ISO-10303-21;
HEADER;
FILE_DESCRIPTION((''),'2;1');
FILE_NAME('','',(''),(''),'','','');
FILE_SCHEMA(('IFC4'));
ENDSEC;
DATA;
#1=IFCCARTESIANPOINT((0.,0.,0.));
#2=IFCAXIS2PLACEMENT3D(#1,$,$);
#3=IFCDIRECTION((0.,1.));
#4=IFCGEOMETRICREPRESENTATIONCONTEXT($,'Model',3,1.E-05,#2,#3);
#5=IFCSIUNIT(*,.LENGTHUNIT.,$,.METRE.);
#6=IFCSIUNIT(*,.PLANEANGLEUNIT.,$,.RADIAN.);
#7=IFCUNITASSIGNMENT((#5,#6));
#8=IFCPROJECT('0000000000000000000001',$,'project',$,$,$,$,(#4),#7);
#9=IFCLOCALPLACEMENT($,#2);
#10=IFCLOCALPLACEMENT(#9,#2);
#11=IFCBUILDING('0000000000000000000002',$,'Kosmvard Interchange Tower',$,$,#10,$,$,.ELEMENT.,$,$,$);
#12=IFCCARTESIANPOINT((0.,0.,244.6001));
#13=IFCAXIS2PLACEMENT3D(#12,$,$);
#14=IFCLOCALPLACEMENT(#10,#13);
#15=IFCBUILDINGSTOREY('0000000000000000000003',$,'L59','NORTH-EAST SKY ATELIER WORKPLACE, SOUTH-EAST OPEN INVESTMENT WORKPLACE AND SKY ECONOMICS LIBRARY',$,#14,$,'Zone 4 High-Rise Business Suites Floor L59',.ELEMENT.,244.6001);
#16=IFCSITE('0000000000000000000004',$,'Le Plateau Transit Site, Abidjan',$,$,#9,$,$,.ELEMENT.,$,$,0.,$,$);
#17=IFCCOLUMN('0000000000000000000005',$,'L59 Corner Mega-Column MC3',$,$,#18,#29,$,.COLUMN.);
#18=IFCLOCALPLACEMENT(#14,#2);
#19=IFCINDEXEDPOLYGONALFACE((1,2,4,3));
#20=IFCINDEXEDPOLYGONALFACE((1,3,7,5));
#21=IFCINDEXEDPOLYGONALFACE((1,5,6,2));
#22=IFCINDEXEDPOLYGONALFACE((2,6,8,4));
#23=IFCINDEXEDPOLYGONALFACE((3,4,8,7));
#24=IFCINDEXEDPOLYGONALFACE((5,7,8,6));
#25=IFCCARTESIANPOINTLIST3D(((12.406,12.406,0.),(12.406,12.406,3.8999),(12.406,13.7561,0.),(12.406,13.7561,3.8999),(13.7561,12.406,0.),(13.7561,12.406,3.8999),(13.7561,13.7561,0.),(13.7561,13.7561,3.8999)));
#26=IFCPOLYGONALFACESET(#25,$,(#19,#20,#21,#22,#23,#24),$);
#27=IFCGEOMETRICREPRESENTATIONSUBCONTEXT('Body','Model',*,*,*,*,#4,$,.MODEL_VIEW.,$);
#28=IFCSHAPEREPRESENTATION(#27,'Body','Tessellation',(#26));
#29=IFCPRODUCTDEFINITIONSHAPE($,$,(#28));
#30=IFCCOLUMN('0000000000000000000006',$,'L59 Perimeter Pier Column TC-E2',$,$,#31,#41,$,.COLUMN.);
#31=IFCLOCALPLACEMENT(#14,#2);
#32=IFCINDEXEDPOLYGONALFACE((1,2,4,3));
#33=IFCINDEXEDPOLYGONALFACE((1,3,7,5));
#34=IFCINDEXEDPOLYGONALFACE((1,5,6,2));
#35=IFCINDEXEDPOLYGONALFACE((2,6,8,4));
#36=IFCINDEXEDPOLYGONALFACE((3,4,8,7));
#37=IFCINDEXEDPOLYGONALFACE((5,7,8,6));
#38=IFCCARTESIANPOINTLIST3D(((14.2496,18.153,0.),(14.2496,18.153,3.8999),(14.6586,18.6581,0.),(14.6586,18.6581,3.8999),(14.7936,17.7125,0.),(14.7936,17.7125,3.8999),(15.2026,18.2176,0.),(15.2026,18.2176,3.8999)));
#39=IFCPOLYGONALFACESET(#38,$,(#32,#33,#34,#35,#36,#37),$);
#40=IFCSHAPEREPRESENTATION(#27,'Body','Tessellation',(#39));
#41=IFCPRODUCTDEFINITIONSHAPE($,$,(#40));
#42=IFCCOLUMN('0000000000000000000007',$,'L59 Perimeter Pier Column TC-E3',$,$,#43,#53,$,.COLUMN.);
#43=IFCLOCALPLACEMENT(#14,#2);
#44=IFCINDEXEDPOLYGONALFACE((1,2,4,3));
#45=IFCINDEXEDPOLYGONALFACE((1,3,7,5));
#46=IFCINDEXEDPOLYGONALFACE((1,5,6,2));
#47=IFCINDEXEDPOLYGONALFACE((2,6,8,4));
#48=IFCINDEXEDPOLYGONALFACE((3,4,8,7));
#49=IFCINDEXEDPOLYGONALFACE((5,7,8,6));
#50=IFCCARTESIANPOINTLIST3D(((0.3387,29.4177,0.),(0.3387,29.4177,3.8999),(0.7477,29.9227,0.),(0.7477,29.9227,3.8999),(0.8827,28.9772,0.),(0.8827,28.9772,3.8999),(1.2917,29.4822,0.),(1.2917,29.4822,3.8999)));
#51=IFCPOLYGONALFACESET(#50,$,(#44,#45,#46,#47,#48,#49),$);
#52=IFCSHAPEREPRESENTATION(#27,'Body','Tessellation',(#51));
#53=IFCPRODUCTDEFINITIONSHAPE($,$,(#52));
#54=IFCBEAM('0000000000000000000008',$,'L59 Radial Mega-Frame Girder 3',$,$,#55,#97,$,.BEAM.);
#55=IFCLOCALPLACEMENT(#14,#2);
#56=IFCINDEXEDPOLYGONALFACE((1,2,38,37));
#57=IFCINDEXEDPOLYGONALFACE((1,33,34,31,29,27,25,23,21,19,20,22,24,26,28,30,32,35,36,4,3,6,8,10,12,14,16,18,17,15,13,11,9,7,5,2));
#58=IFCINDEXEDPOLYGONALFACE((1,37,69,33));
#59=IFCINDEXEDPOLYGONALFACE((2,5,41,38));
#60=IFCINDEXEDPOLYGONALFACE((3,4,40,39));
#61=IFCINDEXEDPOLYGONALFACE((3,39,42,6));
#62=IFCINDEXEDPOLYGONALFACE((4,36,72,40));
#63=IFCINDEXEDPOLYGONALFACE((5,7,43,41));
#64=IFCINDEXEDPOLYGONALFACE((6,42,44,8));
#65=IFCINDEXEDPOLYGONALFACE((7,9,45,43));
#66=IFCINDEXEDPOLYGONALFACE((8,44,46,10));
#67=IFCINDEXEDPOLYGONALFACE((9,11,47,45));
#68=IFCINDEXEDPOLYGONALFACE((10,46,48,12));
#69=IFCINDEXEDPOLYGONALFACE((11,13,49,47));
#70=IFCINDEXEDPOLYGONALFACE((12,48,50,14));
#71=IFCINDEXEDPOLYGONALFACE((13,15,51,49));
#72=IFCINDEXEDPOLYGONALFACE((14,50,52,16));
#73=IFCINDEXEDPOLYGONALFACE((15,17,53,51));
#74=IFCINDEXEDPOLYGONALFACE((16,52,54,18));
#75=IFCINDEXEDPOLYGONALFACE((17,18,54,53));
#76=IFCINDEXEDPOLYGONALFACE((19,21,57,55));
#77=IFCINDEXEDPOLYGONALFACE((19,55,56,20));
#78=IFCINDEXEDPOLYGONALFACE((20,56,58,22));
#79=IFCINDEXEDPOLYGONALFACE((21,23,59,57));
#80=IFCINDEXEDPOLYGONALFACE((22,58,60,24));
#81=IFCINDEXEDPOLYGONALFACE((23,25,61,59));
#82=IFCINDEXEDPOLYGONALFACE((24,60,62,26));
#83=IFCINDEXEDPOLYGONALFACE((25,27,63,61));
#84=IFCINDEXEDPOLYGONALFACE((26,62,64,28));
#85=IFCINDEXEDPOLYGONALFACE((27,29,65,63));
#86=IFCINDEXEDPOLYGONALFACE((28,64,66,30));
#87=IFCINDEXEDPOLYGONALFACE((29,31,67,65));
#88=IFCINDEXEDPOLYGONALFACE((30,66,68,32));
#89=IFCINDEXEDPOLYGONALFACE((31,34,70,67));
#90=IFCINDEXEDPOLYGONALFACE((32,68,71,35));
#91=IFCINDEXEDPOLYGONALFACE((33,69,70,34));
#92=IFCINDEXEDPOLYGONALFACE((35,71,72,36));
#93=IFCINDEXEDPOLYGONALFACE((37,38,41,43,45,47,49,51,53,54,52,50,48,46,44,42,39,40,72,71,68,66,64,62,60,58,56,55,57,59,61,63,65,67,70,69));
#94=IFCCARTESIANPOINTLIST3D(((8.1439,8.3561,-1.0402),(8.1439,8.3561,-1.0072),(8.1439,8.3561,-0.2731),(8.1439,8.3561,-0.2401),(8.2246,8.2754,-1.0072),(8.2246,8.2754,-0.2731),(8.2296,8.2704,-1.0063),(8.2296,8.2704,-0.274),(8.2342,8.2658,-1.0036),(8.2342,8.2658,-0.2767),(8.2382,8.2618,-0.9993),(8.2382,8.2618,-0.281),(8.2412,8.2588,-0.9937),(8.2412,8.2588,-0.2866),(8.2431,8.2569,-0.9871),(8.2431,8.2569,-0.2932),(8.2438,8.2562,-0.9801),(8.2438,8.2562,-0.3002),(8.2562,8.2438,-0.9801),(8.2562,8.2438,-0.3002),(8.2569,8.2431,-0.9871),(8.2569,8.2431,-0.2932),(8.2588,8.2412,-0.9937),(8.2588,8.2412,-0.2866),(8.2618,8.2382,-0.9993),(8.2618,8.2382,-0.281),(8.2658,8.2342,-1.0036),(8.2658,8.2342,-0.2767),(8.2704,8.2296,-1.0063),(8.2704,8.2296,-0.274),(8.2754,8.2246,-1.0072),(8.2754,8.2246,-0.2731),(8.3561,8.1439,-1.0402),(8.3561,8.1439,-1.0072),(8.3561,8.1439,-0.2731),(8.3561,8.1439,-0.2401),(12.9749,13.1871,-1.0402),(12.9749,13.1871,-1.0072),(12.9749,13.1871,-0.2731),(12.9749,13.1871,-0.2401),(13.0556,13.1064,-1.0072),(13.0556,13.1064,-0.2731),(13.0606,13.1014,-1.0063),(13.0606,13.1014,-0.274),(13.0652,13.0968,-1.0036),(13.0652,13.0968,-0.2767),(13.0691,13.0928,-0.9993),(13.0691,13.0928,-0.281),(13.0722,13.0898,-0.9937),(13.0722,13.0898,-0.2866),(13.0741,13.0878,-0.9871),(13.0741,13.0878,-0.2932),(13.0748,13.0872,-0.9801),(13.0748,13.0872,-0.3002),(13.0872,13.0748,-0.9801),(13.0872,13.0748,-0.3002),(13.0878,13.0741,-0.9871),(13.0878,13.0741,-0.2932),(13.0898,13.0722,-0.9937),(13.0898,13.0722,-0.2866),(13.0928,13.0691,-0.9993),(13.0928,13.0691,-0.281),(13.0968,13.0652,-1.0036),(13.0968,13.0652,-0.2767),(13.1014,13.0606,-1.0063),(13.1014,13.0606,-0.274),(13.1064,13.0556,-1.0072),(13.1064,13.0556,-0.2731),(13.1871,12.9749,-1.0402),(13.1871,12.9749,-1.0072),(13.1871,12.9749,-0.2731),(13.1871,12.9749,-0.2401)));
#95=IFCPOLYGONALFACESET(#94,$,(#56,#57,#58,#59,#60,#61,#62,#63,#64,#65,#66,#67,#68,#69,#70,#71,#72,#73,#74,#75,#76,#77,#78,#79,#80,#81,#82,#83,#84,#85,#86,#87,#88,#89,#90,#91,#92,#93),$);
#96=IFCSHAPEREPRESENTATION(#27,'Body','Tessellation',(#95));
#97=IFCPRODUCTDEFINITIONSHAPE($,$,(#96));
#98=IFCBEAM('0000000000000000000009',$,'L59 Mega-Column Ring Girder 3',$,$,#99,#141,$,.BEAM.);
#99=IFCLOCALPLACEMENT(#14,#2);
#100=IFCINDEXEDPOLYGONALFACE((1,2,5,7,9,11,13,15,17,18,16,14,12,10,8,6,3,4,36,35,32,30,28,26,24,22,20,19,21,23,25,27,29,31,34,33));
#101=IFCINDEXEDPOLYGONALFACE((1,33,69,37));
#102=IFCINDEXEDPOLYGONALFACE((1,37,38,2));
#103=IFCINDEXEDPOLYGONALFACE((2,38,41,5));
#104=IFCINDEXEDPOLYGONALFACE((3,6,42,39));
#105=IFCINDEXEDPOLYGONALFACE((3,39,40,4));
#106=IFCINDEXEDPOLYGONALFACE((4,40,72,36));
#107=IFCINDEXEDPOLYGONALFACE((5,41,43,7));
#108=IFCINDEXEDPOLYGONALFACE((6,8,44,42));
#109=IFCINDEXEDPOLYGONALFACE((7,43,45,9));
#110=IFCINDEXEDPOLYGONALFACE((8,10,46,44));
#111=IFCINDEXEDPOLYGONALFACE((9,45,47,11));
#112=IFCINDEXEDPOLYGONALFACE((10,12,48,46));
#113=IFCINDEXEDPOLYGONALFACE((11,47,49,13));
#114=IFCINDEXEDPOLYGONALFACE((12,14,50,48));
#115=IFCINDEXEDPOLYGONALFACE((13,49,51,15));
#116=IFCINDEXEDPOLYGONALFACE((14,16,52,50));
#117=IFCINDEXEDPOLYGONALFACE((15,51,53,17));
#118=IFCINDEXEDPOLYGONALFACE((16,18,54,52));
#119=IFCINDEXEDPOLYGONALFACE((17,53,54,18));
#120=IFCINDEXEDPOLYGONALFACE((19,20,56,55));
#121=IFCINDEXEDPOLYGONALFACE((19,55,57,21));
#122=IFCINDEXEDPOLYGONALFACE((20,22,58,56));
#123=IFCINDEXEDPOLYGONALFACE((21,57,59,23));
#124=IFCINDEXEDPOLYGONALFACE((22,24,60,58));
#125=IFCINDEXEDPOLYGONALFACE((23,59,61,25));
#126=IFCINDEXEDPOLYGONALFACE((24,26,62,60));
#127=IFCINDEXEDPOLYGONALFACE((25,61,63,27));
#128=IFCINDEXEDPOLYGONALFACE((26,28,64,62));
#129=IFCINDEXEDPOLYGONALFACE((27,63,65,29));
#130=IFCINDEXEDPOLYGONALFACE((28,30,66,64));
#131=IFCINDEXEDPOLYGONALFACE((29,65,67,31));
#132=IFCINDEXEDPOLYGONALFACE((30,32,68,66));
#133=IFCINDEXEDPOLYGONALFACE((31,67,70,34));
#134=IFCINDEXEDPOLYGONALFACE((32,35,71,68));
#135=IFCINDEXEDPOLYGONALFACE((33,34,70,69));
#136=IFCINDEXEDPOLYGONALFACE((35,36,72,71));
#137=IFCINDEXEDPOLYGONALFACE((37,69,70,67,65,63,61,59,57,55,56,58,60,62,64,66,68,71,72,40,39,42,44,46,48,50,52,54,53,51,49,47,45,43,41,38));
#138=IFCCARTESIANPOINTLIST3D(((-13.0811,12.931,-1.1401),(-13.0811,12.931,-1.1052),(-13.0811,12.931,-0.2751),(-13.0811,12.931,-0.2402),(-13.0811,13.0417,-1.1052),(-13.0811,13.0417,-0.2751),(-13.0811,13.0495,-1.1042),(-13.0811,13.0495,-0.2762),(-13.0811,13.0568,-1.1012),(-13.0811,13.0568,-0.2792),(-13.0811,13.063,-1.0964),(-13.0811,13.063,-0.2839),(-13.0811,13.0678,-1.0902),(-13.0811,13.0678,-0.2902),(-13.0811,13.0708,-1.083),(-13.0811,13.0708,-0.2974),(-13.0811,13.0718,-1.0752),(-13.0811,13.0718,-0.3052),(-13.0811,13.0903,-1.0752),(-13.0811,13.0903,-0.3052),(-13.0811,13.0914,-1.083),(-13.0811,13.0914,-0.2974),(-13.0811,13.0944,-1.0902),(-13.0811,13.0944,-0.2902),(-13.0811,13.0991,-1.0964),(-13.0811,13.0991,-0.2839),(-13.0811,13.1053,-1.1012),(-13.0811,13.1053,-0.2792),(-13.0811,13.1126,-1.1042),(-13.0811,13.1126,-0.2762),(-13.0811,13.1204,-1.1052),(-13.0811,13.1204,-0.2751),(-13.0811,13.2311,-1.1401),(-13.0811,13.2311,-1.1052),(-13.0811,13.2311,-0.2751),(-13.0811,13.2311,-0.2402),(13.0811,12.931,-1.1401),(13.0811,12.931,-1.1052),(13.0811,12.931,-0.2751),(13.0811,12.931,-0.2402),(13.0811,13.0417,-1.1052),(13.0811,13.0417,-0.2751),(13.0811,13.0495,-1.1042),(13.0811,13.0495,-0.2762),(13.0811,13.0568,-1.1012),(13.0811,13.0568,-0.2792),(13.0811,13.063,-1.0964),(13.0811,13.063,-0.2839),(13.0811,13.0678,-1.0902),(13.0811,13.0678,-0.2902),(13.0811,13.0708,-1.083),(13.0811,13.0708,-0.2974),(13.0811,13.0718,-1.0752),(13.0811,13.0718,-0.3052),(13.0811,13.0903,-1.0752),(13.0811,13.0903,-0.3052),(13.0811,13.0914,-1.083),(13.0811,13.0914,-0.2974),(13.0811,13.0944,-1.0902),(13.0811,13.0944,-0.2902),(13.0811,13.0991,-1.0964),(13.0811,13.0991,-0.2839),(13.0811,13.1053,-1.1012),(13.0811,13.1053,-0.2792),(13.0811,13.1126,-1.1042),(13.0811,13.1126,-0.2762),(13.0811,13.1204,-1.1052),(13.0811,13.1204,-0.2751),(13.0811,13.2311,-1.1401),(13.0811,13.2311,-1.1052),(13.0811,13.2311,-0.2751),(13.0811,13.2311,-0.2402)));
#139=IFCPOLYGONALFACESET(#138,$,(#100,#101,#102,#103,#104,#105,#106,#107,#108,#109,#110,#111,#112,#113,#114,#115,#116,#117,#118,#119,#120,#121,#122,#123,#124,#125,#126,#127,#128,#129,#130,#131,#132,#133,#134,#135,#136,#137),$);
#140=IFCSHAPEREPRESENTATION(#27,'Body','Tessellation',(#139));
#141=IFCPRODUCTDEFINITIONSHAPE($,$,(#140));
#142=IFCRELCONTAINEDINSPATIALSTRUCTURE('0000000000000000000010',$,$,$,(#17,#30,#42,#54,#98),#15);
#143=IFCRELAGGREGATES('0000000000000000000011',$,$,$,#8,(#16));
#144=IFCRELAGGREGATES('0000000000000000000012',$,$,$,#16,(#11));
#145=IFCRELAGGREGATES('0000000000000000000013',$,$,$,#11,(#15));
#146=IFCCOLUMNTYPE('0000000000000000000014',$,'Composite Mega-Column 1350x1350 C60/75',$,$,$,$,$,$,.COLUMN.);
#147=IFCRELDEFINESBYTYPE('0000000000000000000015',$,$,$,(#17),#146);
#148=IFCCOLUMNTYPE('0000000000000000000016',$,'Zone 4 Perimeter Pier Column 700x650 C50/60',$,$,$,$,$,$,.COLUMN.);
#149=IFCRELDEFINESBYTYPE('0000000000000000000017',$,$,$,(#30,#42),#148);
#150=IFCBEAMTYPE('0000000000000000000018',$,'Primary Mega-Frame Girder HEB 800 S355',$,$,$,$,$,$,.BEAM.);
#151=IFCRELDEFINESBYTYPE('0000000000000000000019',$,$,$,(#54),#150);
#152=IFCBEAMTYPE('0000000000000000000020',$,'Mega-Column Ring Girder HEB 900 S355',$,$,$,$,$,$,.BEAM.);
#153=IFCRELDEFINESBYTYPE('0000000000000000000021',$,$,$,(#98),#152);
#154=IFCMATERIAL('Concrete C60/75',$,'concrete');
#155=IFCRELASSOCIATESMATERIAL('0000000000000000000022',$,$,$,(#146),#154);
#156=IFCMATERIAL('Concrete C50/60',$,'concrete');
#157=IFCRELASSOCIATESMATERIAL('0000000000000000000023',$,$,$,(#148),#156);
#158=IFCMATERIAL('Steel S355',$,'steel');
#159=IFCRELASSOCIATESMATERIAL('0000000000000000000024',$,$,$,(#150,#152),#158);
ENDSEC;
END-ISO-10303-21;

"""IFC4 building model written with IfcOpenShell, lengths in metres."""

from ifc_helpers import new_model, si_unit, direction, frame, origin, origin_2d, place, context, subcontext, project, spatial, rectangle, i_section, extrude, source, transform, mapped, material, material_profile, profile_set, type_object, element, save


model = new_model("IFC4")

# Units and contexts
model_context = context("Model", 3, precision=1e-05, world=origin(), true_north=direction((0.0, 1.0)))
body_context = subcontext(model_context, "Body", "Model", "MODEL_VIEW")
ifc_project = project(units=[si_unit("LENGTHUNIT", "METRE"), si_unit("PLANEANGLEUNIT", "RADIAN")], contexts=[model_context])

# Site, building, storey
site_placement = place(None, origin())
site = spatial("IfcSite", under=ifc_project, at=site_placement, Name="Le Plateau Transit Site, Abidjan", CompositionType="ELEMENT", RefElevation=0.0)
building_placement = place(site_placement, origin())
building = spatial("IfcBuilding", under=site, at=building_placement, Name="Kosmvard Interchange Tower", CompositionType="ELEMENT")
storey_placement = place(building_placement, frame((0.0, 0.0, 244.6001)))
storey = spatial("IfcBuildingStorey", under=building, at=storey_placement, Name="L59", Description="NORTH-EAST SKY ATELIER WORKPLACE, SOUTH-EAST OPEN INVESTMENT WORKPLACE AND SKY ECONOMICS LIBRARY", LongName="Zone 4 High-Rise Business Suites Floor L59", CompositionType="ELEMENT", Elevation=244.6001)

# Columns
ifc_material_1 = material(Name="Concrete C60/75", Category="concrete")
ifc_material_profile_1 = material_profile(ifc_material_1, rectangle(XDim=1.3501, YDim=1.3501, at=origin_2d()), Name="MC 1350x1350")
ifc_profile_set_1 = profile_set([ifc_material_profile_1], Name="Concrete C60/75")
column_type_1 = type_object("IfcColumnType", Name="Composite Mega-Column 1350x1350 C60/75", PredefinedType="COLUMN", material=ifc_profile_set_1)
shared_shape_1 = source(origin(), body_context, "Body", "SweptSolid", [
    extrude(rectangle(XDim=1.3501, YDim=1.3501, at=origin_2d()), origin(), (0.0, 0.0, 1.0), 3.8999),
])
column_placement = place(storey_placement, frame((13.0811, 13.0811, 0.0), z_axis=(0.0, 0.0, 1.0), x_axis=(1.0, 0.0, 0.0)))
element("IfcColumn", 1, at=column_placement, inside=storey, type_object=column_type_1, Name="L59 Corner Mega-Column MC3", PredefinedType="COLUMN", context=body_context, shape_type="MappedRepresentation", body=[
    mapped(shared_shape_1, transform((0.0, 0.0, 0.0), scale=1.0)),
])
ifc_material_2 = material(Name="Concrete C50/60", Category="concrete")
ifc_material_profile_2 = material_profile(ifc_material_2, rectangle(XDim=0.6499, YDim=0.7, at=origin_2d()), Name="TC 700x650")
ifc_profile_set_2 = profile_set([ifc_material_profile_2], Name="Concrete C50/60")
column_type_2 = type_object("IfcColumnType", Name="Zone 4 Perimeter Pier Column 700x650 C50/60", PredefinedType="COLUMN", material=ifc_profile_set_2)
shared_shape_2 = source(origin(), body_context, "Body", "SweptSolid", [
    extrude(rectangle(XDim=0.6499, YDim=0.7, at=origin_2d()), origin(), (0.0, 0.0, 1.0), 3.8999),
])
for number, where, z_axis, x_axis, name in (
    (2, (14.7261, 18.1853, 0.0), (0.0, 0.0, 1.0), (0.62932, 0.777146, 0.0), "L59 Perimeter Pier Column TC-E2"),
    (3, (0.8152, 29.45, 0.0), (0.0, 0.0, 1.0), (0.62932, 0.777146, 0.0), "L59 Perimeter Pier Column TC-E3"),
):
    element("IfcColumn", number, at=place(storey_placement, frame(where, z_axis=z_axis, x_axis=x_axis)), inside=storey, type_object=column_type_2, Name=name, PredefinedType="COLUMN", context=body_context, shape_type="MappedRepresentation", body=[
        mapped(shared_shape_2, transform((0.0, 0.0, 0.0), scale=1.0)),
    ])

# Beams
ifc_material_3 = material(Name="Steel S355", Category="steel")
ifc_material_profile_3 = material_profile(ifc_material_3, i_section(OverallWidth=0.3, OverallDepth=0.8, WebThickness=0.0176, FlangeThickness=0.033, FilletRadius=0.0271, at=origin_2d()), Name="HEB 800")
ifc_profile_set_3 = profile_set([ifc_material_profile_3], Name="Steel S355")
beam_type_1 = type_object("IfcBeamType", Name="Primary Mega-Frame Girder HEB 800 S355", PredefinedType="BEAM", material=ifc_profile_set_3)
shared_shape_3 = source(origin(), body_context, "Body", "SweptSolid", [
    extrude(i_section(OverallWidth=0.3, OverallDepth=0.8, WebThickness=0.0176, FlangeThickness=0.033, FilletRadius=0.0271, at=origin_2d()), origin(), (0.0, 0.0, 1.0), 6.832),
])
beam_1_placement = place(storey_placement, frame((8.25, 8.25, -0.6401), z_axis=(0.707107, 0.707107, 0.0), x_axis=(-0.707107, 0.707107, 0.0)))
element("IfcBeam", 4, at=beam_1_placement, inside=storey, type_object=beam_type_1, Name="L59 Radial Mega-Frame Girder 3", PredefinedType="BEAM", context=body_context, shape_type="MappedRepresentation", body=[
    mapped(shared_shape_3, transform((0.0, 0.0, 0.0), scale=1.0)),
])
ifc_material_profile_4 = material_profile(ifc_material_3, i_section(OverallWidth=0.3, OverallDepth=0.8999, WebThickness=0.0186, FlangeThickness=0.0349, FilletRadius=0.03, at=origin_2d()), Name="HEB 900")
ifc_profile_set_4 = profile_set([ifc_material_profile_4], Name="Steel S355")
beam_type_2 = type_object("IfcBeamType", Name="Mega-Column Ring Girder HEB 900 S355", PredefinedType="BEAM", material=ifc_profile_set_4)
shared_shape_4 = source(origin(), body_context, "Body", "SweptSolid", [
    extrude(i_section(OverallWidth=0.3, OverallDepth=0.8999, WebThickness=0.0186, FlangeThickness=0.0349, FilletRadius=0.03, at=origin_2d()), origin(), (0.0, 0.0, 1.0), 26.1621),
])
beam_2_placement = place(storey_placement, frame((13.0811, 13.0811, -0.6902), z_axis=(-1.0, 0.0, 0.0), x_axis=(0.0, -1.0, 0.0)))
element("IfcBeam", 5, at=beam_2_placement, inside=storey, type_object=beam_type_2, Name="L59 Mega-Column Ring Girder 3", PredefinedType="BEAM", context=body_context, shape_type="MappedRepresentation", body=[
    mapped(shared_shape_4, transform((0.0, 0.0, 0.0), scale=1.0)),
])

save(model, "model.ifc")
